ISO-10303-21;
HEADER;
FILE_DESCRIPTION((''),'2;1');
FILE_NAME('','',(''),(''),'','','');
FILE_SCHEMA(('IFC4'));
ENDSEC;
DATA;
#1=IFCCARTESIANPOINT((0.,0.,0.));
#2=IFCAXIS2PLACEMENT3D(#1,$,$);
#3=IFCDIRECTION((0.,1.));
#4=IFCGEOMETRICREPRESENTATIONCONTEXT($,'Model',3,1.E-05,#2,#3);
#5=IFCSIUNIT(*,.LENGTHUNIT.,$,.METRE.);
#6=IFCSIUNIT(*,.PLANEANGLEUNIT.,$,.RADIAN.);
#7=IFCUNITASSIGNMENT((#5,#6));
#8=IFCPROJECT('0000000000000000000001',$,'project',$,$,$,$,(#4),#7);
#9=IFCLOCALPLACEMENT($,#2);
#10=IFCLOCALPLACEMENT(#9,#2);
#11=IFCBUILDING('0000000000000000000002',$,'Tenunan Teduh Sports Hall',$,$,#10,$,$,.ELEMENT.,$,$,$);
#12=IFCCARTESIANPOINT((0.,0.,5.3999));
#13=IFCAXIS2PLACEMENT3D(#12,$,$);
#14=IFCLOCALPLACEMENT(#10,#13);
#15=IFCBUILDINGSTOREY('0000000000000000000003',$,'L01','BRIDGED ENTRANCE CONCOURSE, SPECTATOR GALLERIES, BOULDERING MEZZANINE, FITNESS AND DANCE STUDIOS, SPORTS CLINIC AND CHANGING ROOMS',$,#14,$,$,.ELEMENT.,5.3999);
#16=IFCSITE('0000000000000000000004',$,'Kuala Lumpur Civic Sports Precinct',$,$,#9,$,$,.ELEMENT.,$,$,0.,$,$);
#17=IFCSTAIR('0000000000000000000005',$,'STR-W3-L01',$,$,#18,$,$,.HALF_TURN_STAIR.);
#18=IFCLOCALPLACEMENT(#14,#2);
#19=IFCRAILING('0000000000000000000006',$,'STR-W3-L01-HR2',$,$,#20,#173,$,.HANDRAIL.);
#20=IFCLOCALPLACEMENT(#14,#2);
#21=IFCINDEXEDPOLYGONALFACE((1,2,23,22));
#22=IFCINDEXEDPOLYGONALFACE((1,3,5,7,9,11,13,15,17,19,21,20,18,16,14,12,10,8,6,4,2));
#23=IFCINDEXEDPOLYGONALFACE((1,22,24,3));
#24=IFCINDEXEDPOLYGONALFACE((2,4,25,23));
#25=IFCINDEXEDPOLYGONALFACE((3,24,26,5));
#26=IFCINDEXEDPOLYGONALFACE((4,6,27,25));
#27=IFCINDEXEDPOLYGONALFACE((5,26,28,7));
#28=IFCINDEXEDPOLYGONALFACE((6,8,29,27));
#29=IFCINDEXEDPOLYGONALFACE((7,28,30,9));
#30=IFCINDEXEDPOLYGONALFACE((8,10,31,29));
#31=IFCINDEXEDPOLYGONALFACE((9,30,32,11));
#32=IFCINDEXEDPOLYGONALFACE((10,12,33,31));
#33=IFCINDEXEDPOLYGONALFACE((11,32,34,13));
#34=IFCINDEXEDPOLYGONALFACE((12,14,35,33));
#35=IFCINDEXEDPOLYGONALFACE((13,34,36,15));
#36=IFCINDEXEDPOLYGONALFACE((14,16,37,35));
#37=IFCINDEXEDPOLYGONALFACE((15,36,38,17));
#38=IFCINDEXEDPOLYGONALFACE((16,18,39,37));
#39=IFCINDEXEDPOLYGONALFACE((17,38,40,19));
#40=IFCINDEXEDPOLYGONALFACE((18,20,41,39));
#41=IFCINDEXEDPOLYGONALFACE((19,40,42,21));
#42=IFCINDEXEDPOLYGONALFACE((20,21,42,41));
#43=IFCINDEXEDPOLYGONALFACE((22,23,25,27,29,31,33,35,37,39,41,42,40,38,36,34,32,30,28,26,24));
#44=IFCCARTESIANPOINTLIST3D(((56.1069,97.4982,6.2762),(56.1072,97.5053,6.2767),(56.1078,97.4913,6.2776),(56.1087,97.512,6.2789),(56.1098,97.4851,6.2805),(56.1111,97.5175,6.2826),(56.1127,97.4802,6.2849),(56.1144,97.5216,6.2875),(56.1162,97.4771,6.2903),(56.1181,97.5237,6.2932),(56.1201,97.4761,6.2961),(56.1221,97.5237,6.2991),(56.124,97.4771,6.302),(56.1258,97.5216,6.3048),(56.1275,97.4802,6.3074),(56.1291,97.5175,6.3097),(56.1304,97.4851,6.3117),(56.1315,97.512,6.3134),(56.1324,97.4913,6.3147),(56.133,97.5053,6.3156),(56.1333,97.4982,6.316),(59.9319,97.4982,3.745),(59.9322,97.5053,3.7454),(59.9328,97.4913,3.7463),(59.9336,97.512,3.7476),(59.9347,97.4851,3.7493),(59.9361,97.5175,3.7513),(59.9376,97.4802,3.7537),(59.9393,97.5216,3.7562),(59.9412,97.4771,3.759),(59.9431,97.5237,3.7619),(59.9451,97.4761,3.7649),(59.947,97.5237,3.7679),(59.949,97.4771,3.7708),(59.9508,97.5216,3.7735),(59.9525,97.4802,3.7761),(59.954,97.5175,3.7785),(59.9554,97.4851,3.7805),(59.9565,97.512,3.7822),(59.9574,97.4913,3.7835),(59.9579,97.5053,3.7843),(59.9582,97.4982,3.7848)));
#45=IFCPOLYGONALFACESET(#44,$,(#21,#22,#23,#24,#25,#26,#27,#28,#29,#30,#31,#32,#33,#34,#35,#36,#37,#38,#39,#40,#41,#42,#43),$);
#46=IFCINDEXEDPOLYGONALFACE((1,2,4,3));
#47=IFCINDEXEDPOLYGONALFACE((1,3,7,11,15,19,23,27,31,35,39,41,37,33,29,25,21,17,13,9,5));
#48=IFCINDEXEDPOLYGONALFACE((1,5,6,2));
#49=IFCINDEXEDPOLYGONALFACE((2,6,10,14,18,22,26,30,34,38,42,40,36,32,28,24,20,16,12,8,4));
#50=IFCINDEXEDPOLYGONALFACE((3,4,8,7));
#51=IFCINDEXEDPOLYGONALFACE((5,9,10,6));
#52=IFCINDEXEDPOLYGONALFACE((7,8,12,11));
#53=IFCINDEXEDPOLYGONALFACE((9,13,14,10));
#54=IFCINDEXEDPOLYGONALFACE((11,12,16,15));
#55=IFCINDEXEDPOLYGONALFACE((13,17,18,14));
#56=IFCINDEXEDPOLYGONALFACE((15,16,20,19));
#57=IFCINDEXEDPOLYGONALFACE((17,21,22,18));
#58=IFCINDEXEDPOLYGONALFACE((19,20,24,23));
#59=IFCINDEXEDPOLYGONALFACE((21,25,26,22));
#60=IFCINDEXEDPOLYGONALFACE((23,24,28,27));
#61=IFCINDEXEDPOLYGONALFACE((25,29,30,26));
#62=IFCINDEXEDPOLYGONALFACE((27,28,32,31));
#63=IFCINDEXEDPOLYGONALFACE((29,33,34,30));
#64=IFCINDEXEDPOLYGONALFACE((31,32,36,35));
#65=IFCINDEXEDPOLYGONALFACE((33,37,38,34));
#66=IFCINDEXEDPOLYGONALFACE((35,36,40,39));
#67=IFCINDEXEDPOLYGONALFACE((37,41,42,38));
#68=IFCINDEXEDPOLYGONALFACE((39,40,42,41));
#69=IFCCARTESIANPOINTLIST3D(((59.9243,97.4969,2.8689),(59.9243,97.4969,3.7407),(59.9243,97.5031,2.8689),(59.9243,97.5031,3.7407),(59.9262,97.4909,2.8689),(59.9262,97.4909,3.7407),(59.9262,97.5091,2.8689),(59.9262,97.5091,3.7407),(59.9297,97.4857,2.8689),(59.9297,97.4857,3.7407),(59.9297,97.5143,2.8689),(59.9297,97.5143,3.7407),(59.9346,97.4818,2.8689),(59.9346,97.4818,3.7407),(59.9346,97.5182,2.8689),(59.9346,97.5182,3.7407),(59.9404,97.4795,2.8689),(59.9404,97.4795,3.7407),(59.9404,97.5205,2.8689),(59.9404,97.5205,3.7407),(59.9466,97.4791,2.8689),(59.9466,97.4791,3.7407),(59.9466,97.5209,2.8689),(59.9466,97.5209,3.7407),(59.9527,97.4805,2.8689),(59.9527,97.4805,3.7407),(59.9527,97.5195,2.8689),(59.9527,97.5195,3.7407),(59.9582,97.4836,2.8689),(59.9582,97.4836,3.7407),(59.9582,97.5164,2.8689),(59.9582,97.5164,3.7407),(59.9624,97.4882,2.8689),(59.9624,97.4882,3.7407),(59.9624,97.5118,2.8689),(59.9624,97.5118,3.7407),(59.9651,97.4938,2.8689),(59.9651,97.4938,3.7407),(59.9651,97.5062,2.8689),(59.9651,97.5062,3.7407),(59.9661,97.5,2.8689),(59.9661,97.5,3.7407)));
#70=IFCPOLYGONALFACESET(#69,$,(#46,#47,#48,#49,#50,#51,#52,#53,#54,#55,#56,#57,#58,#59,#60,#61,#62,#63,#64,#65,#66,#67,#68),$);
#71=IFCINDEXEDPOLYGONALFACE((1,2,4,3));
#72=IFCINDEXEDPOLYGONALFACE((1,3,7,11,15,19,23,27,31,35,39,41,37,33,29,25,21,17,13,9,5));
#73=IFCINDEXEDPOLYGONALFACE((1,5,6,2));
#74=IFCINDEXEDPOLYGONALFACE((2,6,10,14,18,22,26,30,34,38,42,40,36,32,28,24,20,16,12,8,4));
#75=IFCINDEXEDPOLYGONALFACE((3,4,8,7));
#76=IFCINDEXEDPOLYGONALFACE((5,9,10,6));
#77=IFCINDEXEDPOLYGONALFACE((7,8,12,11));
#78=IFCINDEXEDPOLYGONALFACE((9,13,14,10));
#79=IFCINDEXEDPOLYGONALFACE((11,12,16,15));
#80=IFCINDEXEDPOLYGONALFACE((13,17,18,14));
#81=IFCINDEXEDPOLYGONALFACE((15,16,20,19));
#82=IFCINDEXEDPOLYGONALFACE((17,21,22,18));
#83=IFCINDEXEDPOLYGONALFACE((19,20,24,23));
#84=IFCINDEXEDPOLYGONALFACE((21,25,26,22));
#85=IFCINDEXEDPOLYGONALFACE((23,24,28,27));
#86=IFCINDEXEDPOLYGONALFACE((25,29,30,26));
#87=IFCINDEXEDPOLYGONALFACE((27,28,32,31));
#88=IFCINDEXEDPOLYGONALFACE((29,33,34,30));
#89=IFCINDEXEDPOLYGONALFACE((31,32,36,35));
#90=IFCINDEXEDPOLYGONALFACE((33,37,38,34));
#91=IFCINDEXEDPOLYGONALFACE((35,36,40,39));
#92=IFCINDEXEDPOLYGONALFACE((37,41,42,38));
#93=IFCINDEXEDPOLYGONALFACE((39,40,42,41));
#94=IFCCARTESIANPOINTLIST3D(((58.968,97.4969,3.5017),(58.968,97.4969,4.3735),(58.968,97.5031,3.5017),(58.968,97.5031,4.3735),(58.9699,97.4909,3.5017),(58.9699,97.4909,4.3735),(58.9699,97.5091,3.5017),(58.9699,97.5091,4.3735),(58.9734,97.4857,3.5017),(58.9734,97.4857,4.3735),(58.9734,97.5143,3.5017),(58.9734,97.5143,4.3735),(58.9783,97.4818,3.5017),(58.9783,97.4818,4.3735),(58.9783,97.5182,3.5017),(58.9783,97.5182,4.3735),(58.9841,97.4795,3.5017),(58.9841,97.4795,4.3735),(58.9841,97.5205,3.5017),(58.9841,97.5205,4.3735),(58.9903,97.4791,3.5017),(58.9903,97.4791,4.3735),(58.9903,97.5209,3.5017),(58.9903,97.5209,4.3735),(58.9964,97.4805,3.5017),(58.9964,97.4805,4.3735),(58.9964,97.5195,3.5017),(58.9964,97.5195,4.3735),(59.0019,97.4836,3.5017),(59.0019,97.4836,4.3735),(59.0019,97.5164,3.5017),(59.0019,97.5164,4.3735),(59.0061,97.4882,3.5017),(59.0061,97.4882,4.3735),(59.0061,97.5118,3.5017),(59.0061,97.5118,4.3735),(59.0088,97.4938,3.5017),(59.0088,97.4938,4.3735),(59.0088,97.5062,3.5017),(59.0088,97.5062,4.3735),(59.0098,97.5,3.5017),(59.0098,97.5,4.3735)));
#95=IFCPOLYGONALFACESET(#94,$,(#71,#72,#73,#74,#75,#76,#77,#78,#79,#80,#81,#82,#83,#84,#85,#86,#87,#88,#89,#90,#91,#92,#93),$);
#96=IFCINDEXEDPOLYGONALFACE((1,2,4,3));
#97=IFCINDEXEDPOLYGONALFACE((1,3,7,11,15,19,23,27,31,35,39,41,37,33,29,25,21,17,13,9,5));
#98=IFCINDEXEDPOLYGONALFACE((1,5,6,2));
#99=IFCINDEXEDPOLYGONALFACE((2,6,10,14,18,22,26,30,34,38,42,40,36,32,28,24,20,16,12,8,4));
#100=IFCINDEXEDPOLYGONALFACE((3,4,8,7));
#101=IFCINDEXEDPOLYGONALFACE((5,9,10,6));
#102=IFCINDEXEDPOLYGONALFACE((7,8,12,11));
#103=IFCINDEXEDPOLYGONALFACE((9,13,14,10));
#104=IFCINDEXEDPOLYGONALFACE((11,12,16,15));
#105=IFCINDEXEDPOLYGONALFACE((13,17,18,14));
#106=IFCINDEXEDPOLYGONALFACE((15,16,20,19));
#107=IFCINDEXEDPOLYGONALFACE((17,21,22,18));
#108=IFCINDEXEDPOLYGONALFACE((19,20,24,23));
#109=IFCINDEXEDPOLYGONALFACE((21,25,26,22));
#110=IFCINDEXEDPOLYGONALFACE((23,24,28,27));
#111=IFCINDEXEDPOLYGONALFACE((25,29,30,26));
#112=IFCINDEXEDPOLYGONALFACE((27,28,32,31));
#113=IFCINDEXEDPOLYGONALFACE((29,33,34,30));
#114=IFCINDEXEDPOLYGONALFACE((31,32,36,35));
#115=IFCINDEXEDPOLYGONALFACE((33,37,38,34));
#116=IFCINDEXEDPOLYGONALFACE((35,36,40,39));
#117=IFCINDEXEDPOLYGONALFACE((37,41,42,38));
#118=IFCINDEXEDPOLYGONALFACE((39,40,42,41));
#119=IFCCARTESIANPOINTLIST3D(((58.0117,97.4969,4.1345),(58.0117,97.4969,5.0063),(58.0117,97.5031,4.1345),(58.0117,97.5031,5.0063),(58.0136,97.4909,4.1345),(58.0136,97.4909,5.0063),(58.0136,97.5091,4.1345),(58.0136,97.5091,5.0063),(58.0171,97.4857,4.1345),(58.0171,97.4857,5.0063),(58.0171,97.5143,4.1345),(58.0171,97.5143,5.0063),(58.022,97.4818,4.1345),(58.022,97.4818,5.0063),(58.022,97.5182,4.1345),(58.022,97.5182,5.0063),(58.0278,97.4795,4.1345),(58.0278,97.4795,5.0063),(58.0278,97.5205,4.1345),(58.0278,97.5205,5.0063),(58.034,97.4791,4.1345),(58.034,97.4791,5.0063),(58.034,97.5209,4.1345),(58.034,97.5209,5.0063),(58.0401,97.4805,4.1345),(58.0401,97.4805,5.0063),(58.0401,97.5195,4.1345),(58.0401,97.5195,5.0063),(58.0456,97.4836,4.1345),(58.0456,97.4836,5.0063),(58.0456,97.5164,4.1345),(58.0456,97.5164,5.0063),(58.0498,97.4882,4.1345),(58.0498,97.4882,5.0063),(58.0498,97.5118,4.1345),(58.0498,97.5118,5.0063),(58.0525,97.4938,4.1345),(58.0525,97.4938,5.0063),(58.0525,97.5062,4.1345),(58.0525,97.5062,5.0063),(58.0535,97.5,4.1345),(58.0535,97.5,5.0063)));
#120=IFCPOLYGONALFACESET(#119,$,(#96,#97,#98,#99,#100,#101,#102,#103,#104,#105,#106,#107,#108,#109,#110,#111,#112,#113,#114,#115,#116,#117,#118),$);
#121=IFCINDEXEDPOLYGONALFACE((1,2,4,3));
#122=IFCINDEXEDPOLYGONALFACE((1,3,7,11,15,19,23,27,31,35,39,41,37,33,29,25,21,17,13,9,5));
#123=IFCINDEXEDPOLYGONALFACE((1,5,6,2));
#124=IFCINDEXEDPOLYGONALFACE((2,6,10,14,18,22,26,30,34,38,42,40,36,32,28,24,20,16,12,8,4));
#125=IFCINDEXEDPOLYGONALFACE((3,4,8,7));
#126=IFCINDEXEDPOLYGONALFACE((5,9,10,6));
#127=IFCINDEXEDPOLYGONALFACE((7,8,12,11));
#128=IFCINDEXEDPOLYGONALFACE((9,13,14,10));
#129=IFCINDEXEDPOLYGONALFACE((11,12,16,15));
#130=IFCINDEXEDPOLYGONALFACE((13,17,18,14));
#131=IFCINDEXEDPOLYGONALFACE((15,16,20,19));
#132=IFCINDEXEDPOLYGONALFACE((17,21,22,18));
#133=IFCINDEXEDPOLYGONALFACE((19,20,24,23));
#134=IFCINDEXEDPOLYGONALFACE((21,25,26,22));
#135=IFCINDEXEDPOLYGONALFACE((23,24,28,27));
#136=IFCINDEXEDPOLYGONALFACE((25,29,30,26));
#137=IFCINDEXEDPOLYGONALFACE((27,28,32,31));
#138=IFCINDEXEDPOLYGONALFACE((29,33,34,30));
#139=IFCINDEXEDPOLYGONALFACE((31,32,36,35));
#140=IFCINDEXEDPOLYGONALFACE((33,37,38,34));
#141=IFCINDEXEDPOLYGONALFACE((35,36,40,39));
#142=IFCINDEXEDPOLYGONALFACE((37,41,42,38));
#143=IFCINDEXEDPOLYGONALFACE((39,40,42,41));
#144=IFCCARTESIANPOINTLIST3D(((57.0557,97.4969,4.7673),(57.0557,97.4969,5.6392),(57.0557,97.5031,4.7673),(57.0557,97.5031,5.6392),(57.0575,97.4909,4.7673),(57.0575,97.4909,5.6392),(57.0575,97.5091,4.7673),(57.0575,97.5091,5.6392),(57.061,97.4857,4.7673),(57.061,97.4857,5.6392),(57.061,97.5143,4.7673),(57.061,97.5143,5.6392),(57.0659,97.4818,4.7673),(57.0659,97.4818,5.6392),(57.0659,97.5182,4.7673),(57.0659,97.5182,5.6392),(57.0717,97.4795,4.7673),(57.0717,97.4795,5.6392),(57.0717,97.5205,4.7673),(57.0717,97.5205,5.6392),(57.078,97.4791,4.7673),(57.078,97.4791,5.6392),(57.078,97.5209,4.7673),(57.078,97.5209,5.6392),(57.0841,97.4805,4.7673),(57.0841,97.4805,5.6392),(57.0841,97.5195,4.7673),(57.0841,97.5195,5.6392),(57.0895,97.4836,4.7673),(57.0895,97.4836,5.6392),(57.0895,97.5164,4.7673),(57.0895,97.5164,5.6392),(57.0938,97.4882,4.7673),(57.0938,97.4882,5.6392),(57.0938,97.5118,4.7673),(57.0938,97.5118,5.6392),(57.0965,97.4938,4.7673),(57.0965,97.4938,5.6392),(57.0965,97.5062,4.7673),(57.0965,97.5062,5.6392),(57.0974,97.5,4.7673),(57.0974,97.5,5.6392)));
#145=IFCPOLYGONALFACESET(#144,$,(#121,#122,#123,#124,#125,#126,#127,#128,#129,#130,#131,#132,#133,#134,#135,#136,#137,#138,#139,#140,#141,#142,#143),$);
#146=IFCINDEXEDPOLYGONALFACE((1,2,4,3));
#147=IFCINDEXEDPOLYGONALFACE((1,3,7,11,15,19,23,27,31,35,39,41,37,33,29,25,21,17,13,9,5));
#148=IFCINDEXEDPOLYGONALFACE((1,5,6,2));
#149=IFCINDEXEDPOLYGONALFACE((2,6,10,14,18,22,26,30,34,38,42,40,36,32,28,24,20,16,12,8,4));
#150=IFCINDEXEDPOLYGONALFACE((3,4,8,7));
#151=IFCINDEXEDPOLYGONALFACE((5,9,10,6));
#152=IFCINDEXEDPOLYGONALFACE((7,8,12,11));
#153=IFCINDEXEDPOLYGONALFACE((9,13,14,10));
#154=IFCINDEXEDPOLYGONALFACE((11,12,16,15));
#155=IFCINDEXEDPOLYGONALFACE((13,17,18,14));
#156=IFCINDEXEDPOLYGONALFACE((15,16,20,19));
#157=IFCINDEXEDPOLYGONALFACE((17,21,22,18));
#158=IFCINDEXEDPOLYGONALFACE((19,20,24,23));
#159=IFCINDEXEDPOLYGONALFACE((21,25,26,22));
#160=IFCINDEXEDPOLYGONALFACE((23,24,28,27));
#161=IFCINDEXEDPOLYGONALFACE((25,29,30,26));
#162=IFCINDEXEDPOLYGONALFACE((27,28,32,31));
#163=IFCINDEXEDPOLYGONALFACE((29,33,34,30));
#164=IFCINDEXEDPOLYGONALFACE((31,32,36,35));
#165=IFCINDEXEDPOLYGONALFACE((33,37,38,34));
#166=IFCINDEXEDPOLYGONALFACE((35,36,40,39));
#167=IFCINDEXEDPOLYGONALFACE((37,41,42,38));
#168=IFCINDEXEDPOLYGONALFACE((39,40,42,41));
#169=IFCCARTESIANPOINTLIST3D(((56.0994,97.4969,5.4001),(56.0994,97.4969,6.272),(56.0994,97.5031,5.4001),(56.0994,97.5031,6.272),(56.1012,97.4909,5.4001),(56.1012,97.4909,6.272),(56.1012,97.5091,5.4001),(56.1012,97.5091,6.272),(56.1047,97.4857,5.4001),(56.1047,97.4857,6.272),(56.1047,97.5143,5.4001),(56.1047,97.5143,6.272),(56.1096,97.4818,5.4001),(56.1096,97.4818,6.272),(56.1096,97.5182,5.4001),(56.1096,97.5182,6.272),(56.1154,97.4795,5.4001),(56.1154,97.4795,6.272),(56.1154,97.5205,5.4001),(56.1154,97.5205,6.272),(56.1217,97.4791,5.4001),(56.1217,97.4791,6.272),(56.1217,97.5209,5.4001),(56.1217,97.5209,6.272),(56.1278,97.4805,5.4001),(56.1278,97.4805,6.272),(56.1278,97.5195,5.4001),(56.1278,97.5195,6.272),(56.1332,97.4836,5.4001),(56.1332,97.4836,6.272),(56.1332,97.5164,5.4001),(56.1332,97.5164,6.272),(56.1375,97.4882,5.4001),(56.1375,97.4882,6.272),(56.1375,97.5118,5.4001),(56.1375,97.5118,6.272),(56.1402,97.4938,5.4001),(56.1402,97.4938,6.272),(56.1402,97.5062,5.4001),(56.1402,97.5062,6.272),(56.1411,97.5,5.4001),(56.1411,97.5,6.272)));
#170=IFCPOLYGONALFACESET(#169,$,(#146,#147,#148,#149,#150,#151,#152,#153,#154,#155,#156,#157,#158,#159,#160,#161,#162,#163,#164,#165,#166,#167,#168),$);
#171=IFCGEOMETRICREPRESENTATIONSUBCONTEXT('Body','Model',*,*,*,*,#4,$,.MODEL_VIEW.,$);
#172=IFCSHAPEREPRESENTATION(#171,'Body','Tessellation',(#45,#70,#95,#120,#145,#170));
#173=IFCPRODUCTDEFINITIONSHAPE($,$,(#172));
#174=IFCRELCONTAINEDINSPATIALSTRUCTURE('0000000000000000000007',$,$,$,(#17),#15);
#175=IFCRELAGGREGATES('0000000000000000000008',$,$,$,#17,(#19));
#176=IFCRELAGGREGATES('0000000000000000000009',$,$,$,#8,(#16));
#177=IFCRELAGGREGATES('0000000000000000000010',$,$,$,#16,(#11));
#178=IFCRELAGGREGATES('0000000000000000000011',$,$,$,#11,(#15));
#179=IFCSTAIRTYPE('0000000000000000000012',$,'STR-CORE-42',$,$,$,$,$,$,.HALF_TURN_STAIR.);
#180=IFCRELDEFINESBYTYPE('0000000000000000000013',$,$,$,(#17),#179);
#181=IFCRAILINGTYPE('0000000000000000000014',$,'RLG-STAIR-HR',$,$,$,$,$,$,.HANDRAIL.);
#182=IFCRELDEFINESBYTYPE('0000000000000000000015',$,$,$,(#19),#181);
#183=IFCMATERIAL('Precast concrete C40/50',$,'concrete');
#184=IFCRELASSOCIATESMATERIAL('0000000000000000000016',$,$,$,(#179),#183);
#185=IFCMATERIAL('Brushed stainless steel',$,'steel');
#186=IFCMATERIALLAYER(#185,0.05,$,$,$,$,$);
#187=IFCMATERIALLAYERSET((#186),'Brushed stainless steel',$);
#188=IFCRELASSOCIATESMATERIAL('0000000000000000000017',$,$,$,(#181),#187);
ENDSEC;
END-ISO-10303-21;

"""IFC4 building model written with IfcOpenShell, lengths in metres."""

from ifc_helpers import new_model, si_unit, direction, frame, origin, origin_2d, place, context, subcontext, project, spatial, circle, extrude, material, layer, layer_set, type_object, element, aggregate, save


model = new_model("IFC4")

# Units and contexts
model_context = context("Model", 3, precision=1e-05, world=origin(), true_north=direction((0.0, 1.0)))
body_context = subcontext(model_context, "Body", "Model", "MODEL_VIEW")
ifc_project = project(units=[si_unit("LENGTHUNIT", "METRE"), si_unit("PLANEANGLEUNIT", "RADIAN")], contexts=[model_context])

# Site, building, storey
site_placement = place(None, origin())
site = spatial("IfcSite", under=ifc_project, at=site_placement, Name="Kuala Lumpur Civic Sports Precinct", CompositionType="ELEMENT", RefElevation=0.0)
building_placement = place(site_placement, origin())
building = spatial("IfcBuilding", under=site, at=building_placement, Name="Tenunan Teduh Sports Hall", CompositionType="ELEMENT")
storey_placement = place(building_placement, frame((0.0, 0.0, 5.3999)))
storey = spatial("IfcBuildingStorey", under=building, at=storey_placement, Name="L01", Description="BRIDGED ENTRANCE CONCOURSE, SPECTATOR GALLERIES, BOULDERING MEZZANINE, FITNESS AND DANCE STUDIOS, SPORTS CLINIC AND CHANGING ROOMS", CompositionType="ELEMENT", Elevation=5.3999)

# Stair, railing
ifc_material_1 = material(Name="Precast concrete C40/50", Category="concrete")
stair_type = type_object("IfcStairType", Name="STR-CORE-42", PredefinedType="HALF_TURN_STAIR", material=ifc_material_1)
stair_placement = place(storey_placement, origin())
stair = element("IfcStair", 1, at=stair_placement, inside=storey, type_object=stair_type, Name="STR-W3-L01", PredefinedType="HALF_TURN_STAIR")
ifc_material_2 = material(Name="Brushed stainless steel", Category="steel")
ifc_layer_1 = layer(ifc_material_2, 0.05)
ifc_layer_set_1 = layer_set([ifc_layer_1], Name="Brushed stainless steel")
railing_type = type_object("IfcRailingType", Name="RLG-STAIR-HR", PredefinedType="HANDRAIL", material=ifc_layer_set_1)
railing_placement = place(storey_placement, frame((59.9451, 97.5, 2.8689)))
railing = element("IfcRailing", 2, at=railing_placement, type_object=railing_type, Name="STR-W3-L01-HR2", PredefinedType="HANDRAIL", context=body_context, shape_type="SweptSolid", body=[
    extrude(circle(Radius=0.0239, at=origin_2d()), frame((0.0, 0.0, 0.896), z_axis=(-0.833929, 0.0, 0.551872), x_axis=(0.0, -1.0, 0.0)), (0.0, 0.0, 1.0), 4.5867),
    extrude(circle(Radius=0.021, at=origin_2d()), origin(), (0.0, 0.0, 1.0), 0.8718),
    extrude(circle(Radius=0.021, at=origin_2d()), frame((-0.9563, 0.0, 0.6328)), (0.0, 0.0, 1.0), 0.8718),
    extrude(circle(Radius=0.021, at=origin_2d()), frame((-1.9126, 0.0, 1.2656)), (0.0, 0.0, 1.0), 0.8718),
    extrude(circle(Radius=0.021, at=origin_2d()), frame((-2.8687, 0.0, 1.8984)), (0.0, 0.0, 1.0), 0.8718),
    extrude(circle(Radius=0.021, at=origin_2d()), frame((-3.825, 0.0, 2.5312)), (0.0, 0.0, 1.0), 0.8718),
])
aggregate(stair, [railing])

save(model, "model.ifc")
